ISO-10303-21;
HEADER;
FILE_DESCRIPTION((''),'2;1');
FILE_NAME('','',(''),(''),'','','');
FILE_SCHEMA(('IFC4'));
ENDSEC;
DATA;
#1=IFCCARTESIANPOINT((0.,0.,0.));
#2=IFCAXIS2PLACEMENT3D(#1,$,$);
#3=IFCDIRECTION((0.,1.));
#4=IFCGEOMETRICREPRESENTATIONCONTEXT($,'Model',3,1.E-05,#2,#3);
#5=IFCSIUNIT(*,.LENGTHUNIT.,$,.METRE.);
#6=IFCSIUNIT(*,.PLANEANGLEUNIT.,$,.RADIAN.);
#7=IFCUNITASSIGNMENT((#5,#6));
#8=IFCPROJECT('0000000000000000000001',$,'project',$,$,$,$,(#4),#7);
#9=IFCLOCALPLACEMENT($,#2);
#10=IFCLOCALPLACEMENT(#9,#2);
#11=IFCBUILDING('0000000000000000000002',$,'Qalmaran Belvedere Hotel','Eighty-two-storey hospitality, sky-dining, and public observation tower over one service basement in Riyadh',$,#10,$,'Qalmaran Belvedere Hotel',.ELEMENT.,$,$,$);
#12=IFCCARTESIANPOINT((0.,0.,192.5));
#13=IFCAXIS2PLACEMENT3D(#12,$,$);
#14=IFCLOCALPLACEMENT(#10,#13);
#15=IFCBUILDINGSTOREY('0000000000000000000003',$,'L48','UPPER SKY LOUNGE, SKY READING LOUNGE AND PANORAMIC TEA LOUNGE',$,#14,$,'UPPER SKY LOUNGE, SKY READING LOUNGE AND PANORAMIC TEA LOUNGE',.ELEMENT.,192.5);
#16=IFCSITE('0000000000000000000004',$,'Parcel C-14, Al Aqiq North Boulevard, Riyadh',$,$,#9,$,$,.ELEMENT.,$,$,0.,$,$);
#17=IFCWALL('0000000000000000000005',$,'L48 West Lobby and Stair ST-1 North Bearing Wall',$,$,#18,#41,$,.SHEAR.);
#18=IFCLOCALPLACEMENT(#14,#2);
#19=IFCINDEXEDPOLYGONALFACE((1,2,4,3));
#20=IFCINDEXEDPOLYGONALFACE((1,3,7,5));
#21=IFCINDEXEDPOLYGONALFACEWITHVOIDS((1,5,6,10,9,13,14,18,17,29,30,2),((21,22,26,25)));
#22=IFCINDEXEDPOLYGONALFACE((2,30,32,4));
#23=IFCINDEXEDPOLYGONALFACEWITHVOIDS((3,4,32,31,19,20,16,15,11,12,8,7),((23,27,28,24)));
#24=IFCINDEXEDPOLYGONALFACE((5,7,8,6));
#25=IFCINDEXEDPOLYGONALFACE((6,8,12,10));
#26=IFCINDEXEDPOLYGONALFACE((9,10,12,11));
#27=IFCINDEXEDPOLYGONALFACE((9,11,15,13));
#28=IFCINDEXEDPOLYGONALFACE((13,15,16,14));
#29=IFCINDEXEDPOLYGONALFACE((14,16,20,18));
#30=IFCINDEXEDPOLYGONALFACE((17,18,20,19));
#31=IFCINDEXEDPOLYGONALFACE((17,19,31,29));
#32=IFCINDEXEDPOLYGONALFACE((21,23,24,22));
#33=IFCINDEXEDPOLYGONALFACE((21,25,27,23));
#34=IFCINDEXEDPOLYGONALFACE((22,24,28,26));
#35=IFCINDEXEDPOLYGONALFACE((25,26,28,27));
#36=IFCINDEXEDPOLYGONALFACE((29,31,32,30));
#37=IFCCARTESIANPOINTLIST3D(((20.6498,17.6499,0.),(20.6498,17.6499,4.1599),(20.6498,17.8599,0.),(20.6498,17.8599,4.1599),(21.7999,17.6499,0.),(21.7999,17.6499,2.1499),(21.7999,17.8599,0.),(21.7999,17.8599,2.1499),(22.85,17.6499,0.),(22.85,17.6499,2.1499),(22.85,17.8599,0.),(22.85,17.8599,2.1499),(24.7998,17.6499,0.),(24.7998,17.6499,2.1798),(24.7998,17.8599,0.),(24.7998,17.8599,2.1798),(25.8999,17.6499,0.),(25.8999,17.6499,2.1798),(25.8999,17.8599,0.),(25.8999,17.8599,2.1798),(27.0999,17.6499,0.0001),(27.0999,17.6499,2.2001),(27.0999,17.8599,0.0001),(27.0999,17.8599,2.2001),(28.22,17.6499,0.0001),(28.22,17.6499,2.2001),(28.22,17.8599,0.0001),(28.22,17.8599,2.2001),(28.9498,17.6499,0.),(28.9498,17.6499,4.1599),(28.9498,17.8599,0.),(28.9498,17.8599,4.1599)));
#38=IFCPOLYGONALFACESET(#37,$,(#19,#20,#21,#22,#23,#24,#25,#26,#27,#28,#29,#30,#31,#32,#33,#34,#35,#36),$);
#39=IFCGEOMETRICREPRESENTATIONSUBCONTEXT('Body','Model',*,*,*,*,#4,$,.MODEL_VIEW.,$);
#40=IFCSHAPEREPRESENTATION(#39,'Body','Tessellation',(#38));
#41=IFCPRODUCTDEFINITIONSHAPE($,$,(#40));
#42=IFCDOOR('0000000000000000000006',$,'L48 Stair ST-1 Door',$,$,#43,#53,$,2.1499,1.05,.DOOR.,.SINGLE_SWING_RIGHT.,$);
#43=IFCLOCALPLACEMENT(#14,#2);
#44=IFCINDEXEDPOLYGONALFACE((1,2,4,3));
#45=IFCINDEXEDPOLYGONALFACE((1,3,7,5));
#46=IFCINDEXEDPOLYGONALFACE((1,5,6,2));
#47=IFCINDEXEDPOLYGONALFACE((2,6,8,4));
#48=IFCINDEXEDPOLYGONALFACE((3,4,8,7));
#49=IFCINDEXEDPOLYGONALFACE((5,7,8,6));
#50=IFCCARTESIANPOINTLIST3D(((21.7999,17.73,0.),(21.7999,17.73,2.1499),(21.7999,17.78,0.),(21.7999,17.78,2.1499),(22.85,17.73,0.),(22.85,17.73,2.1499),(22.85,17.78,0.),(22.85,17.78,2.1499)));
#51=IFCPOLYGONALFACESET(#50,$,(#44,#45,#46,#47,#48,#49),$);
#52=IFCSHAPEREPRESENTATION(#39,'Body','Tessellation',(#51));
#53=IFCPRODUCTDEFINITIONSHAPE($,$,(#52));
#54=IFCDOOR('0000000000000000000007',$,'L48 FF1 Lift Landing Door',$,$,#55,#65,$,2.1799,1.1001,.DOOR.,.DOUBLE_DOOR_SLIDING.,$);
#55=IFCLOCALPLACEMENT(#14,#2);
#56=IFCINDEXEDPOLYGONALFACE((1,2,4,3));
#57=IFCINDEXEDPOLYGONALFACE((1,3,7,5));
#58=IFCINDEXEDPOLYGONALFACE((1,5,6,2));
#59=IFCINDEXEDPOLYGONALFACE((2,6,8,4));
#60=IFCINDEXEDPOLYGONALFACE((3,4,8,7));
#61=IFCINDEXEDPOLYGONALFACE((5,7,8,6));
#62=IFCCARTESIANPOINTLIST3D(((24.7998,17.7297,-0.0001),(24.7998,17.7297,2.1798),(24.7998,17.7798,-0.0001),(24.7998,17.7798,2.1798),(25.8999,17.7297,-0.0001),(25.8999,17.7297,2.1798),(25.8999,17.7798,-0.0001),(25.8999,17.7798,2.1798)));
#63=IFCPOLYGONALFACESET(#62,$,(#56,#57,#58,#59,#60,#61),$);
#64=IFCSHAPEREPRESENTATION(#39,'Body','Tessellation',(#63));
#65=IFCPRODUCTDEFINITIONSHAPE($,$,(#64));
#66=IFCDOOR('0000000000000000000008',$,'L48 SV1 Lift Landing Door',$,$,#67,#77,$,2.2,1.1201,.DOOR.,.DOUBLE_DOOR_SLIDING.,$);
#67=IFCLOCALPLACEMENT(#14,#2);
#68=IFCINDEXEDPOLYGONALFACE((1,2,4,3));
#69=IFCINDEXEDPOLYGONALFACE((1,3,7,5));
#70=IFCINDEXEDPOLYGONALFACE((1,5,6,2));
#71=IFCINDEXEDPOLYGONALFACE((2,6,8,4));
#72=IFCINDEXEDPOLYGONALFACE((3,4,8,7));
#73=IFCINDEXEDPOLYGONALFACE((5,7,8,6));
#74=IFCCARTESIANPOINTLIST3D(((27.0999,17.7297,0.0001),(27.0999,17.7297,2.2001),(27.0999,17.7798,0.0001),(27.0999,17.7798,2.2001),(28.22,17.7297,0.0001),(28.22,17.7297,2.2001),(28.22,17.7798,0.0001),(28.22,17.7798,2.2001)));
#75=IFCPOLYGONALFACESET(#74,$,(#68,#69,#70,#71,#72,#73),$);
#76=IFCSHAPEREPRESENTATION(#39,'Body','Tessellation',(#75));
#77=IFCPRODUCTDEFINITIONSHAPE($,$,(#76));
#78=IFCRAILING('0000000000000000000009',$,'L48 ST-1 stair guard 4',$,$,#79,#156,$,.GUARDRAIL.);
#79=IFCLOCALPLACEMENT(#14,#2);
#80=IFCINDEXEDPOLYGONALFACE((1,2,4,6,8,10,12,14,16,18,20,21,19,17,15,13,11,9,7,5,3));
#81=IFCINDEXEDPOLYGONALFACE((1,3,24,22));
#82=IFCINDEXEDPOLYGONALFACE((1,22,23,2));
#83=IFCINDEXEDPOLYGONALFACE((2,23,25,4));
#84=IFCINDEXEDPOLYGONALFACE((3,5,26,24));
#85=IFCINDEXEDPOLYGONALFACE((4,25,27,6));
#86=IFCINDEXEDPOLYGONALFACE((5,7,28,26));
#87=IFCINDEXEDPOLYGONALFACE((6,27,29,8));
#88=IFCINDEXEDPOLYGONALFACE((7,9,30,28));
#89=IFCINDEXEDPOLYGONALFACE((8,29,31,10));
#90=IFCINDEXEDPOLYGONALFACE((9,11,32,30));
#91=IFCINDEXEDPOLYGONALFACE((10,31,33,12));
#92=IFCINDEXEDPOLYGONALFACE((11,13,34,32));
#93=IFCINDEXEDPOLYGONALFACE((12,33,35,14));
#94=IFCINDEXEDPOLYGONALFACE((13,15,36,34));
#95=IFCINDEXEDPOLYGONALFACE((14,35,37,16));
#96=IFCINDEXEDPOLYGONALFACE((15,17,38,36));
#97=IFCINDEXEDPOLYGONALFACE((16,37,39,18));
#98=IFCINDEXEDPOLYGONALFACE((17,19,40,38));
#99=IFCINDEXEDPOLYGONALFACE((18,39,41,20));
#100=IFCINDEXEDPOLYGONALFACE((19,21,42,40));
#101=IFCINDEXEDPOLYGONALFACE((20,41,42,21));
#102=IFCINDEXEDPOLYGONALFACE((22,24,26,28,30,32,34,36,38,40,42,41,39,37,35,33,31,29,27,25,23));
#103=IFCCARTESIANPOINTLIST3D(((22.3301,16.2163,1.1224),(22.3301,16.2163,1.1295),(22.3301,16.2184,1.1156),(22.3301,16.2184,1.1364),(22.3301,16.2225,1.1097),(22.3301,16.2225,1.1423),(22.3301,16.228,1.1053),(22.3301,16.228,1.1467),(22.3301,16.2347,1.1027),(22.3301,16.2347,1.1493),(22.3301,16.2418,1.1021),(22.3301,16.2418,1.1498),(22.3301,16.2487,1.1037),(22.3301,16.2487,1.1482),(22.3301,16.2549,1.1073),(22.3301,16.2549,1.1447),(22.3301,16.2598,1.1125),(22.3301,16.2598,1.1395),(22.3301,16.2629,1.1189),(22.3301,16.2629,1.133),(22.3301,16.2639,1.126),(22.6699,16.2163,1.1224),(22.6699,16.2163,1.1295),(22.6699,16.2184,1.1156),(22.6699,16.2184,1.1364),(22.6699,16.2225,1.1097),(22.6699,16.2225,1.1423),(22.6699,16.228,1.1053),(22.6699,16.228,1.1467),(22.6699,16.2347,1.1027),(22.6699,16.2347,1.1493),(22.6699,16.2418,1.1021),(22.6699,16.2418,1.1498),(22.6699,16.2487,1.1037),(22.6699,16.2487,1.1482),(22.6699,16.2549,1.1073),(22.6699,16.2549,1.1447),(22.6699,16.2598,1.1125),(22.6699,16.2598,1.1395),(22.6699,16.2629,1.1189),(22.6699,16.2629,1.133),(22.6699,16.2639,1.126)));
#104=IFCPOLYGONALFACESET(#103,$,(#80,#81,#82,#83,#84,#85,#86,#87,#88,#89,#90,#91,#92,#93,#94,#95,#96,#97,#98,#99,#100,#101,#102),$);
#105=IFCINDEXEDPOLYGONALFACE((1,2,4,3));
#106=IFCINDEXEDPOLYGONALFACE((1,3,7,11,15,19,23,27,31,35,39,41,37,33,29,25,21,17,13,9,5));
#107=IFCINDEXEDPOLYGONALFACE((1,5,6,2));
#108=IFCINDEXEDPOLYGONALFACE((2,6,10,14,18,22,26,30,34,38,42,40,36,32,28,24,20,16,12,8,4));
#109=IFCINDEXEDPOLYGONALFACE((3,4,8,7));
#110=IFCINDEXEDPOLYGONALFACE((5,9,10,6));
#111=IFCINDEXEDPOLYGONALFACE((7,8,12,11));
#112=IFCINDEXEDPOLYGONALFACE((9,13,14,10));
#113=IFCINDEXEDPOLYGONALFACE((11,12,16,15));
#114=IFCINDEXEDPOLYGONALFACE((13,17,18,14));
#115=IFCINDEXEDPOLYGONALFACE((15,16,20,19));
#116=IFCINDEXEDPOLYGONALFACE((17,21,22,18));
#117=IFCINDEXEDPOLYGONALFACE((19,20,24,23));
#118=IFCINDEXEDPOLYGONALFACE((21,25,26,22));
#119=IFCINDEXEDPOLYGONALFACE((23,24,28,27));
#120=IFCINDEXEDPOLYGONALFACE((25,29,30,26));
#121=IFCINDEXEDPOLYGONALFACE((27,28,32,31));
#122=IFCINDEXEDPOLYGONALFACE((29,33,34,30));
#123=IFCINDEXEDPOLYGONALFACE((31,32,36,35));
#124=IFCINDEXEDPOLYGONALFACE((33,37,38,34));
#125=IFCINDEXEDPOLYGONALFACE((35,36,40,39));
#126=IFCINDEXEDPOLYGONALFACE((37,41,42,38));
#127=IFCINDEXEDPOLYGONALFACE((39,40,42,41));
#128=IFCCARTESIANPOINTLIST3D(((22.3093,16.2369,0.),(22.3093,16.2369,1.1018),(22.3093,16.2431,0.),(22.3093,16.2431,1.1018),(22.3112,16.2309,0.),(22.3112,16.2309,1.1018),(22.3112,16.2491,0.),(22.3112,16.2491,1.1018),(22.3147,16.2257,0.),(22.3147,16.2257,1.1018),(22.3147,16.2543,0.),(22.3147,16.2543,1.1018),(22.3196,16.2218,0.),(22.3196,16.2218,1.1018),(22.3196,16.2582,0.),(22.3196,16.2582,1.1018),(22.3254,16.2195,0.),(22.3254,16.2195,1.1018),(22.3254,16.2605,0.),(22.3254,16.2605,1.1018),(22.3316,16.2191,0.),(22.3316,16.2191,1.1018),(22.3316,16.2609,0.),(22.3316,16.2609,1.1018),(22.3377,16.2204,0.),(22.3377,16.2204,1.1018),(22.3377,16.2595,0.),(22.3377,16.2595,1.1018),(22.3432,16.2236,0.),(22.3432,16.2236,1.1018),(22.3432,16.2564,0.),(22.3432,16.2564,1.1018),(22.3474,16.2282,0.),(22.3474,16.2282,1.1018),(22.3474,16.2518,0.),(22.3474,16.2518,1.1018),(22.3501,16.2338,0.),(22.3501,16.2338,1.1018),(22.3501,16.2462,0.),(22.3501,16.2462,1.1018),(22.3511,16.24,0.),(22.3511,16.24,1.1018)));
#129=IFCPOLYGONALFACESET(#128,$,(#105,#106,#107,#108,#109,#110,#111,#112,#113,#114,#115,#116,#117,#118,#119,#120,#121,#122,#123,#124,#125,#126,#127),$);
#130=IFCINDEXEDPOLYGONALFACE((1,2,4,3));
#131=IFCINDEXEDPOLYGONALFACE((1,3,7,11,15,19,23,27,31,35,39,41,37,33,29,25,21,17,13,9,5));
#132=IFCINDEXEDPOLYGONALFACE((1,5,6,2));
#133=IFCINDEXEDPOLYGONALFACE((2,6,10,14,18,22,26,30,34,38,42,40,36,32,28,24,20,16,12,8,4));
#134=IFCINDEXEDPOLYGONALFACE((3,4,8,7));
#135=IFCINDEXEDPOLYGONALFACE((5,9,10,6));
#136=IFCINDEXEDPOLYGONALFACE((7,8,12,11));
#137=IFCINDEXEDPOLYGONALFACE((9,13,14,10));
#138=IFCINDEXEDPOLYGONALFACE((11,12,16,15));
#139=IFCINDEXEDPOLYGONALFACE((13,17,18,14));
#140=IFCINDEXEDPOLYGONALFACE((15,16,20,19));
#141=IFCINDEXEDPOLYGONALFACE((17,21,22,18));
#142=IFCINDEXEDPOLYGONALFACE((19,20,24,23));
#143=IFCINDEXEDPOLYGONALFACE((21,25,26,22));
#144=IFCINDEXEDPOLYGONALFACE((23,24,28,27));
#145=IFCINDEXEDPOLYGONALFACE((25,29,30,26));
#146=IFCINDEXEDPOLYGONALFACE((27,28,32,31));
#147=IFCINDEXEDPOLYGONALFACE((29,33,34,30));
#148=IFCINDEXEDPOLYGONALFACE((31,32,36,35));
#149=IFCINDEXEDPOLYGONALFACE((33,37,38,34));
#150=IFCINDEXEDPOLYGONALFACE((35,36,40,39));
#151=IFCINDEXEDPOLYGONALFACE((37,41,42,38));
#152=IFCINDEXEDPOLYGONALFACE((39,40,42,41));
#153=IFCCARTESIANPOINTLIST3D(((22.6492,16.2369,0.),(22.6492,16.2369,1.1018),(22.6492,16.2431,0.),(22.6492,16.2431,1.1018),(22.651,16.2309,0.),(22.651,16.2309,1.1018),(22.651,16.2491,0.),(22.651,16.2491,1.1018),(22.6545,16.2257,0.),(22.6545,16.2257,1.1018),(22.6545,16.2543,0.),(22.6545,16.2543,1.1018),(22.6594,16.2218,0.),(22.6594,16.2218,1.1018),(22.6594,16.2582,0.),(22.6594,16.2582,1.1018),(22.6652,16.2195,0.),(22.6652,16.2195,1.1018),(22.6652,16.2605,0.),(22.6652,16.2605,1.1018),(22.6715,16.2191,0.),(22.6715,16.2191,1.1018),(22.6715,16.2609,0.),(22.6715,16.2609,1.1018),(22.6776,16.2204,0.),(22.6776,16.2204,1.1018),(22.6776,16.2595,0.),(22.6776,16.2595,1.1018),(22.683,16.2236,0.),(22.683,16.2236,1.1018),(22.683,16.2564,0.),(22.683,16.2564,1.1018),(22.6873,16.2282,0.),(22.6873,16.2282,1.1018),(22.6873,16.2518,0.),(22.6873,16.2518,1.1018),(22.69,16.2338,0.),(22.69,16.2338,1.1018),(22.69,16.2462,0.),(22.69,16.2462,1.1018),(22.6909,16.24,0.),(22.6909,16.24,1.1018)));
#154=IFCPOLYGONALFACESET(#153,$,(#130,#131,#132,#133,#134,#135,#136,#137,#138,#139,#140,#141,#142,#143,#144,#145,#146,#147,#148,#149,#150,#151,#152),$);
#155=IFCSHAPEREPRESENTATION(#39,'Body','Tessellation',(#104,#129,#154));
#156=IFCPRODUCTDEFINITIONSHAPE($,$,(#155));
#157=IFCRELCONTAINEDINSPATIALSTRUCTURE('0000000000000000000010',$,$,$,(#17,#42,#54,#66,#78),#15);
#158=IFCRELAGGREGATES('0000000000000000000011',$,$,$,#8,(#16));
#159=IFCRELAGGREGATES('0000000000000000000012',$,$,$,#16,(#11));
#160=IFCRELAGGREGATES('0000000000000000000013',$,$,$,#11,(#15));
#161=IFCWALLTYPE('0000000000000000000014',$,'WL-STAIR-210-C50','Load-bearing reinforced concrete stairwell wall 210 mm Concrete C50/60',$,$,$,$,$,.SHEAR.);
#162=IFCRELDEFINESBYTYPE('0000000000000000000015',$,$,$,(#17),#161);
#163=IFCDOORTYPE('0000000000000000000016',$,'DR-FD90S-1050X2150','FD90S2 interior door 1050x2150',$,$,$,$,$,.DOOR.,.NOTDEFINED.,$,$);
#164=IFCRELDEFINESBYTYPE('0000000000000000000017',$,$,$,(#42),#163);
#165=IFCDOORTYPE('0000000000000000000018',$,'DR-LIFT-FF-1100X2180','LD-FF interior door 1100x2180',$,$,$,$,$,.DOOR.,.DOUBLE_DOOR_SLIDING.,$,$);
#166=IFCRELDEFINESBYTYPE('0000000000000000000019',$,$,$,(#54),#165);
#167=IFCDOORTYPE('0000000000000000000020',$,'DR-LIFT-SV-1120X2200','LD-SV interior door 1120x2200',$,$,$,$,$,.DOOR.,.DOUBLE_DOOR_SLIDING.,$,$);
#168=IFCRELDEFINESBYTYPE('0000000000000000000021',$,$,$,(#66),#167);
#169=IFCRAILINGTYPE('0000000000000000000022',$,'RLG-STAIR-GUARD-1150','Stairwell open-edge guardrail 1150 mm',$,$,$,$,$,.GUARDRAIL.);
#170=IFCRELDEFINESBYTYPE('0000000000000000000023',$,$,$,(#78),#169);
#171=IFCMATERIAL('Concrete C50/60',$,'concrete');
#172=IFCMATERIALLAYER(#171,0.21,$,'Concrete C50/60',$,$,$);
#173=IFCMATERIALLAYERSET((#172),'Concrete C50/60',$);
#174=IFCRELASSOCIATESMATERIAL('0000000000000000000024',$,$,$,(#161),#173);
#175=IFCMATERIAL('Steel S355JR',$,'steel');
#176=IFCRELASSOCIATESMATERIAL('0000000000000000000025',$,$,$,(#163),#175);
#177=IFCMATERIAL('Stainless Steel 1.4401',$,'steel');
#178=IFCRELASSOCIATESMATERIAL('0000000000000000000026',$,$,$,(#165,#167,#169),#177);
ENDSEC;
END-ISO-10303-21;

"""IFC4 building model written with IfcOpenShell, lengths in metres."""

from ifc_helpers import new_model, si_unit, direction, frame, frame_2d, origin, origin_2d, place, context, subcontext, project, spatial, rectangle, circle, extrude, material, layer, layer_set, type_object, element, fill, save


model = new_model("IFC4")

# Units and contexts
model_context = context("Model", 3, precision=1e-05, world=origin(), true_north=direction((0.0, 1.0)))
body_context = subcontext(model_context, "Body", "Model", "MODEL_VIEW")
ifc_project = project(units=[si_unit("LENGTHUNIT", "METRE"), si_unit("PLANEANGLEUNIT", "RADIAN")], contexts=[model_context])

# Site, building, storey
site_placement = place(None, origin())
site = spatial("IfcSite", under=ifc_project, at=site_placement, Name="Parcel C-14, Al Aqiq North Boulevard, Riyadh", CompositionType="ELEMENT", RefElevation=0.0)
building_placement = place(site_placement, origin())
building = spatial("IfcBuilding", under=site, at=building_placement, Name="Qalmaran Belvedere Hotel", Description="Eighty-two-storey hospitality, sky-dining, and public observation tower over one service basement in Riyadh", LongName="Qalmaran Belvedere Hotel", CompositionType="ELEMENT")
storey_placement = place(building_placement, frame((0.0, 0.0, 192.5)))
storey = spatial("IfcBuildingStorey", under=building, at=storey_placement, Name="L48", Description="UPPER SKY LOUNGE, SKY READING LOUNGE AND PANORAMIC TEA LOUNGE", LongName="UPPER SKY LOUNGE, SKY READING LOUNGE AND PANORAMIC TEA LOUNGE", CompositionType="ELEMENT", Elevation=192.5)

# Shared definitions
ifc_material_1 = material(Name="Concrete C50/60", Category="concrete")

# Shared definitions
ifc_material_2 = material(Name="Steel S355JR", Category="steel")

# Wall, openings, doors
ifc_layer_1 = layer(ifc_material_1, 0.21, Name="Concrete C50/60")
ifc_layer_set_1 = layer_set([ifc_layer_1], Name="Concrete C50/60")
wall_type_1 = type_object("IfcWallType", Name="WL-STAIR-210-C50", Description="Load-bearing reinforced concrete stairwell wall 210 mm Concrete C50/60", PredefinedType="SHEAR", material=ifc_layer_set_1)
wall_1_placement = place(storey_placement, frame((20.6499, 17.7549, 0.0), z_axis=(0.0, 0.0, 1.0), x_axis=(1.0, 0.0, 0.0)))
wall_1 = element("IfcWall", 1, at=wall_1_placement, inside=storey, type_object=wall_type_1, Name="L48 West Lobby and Stair ST-1 North Bearing Wall", PredefinedType="SHEAR", context=body_context, shape_type="SweptSolid", body=[
    extrude(rectangle(XDim=8.3, YDim=0.21, at=frame_2d((4.1499, 0.0))), origin(), (0.0, 0.0, 1.0), 4.1599),
])
opening_1_placement = place(wall_1_placement, frame((2.2, 0.0, 0.0), z_axis=(0.0, 0.0, 1.0), x_axis=(-1.0, 0.0, 0.0)))
opening_1 = element("IfcOpeningElement", 2, at=opening_1_placement, cuts=wall_1, PredefinedType="OPENING", context=body_context, shape_type="SweptSolid", body=[
    extrude(rectangle(XDim=1.05, YDim=2.1499, at=frame_2d((0.5249, 1.075))), frame((0.0, 0.115, 0.0), z_axis=(0.0, -1.0, 0.0), x_axis=(1.0, 0.0, 0.0)), (0.0, 0.0, 1.0), 0.23),
])
opening_2_placement = place(wall_1_placement, frame((4.1499, 0.0, 0.0)))
opening_2 = element("IfcOpeningElement", 3, at=opening_2_placement, cuts=wall_1, PredefinedType="OPENING", context=body_context, shape_type="SweptSolid", body=[
    extrude(rectangle(XDim=1.1001, YDim=2.1799, at=frame_2d((0.55, 1.0898))), frame((0.0, 0.115, 0.0), z_axis=(0.0, -1.0, 0.0), x_axis=(1.0, 0.0, 0.0)), (0.0, 0.0, 1.0), 0.23),
])
opening_3_placement = place(wall_1_placement, frame((6.45, 0.0, 0.0)))
opening_3 = element("IfcOpeningElement", 4, at=opening_3_placement, cuts=wall_1, PredefinedType="OPENING", context=body_context, shape_type="SweptSolid", body=[
    extrude(rectangle(XDim=1.1201, YDim=2.2, at=frame_2d((0.5601, 1.1001))), frame((0.0, 0.115, 0.0), z_axis=(0.0, -1.0, 0.0), x_axis=(1.0, 0.0, 0.0)), (0.0, 0.0, 1.0), 0.23),
])
door_type_1 = type_object("IfcDoorType", Name="DR-FD90S-1050X2150", Description="FD90S2 interior door 1050x2150", OperationType="NOTDEFINED", PredefinedType="DOOR", material=ifc_material_2)
door_1_placement = place(opening_1_placement, origin())
door_1 = element("IfcDoor", 5, at=door_1_placement, inside=storey, type_object=door_type_1, Name="L48 Stair ST-1 Door", OperationType="SINGLE_SWING_RIGHT", OverallHeight=2.1499, OverallWidth=1.05, PredefinedType="DOOR", context=body_context, shape_type="SweptSolid", body=[
    extrude(rectangle(XDim=1.05, YDim=2.1499, at=frame_2d((0.5249, 1.075))), frame((0.0, 0.0249, 0.0), z_axis=(0.0, -1.0, 0.0), x_axis=(1.0, 0.0, 0.0)), (0.0, 0.0, 1.0), 0.05),
])
fill(opening_1, door_1)
ifc_material_3 = material(Name="Stainless Steel 1.4401", Category="steel")
door_type_2 = type_object("IfcDoorType", Name="DR-LIFT-FF-1100X2180", Description="LD-FF interior door 1100x2180", OperationType="DOUBLE_DOOR_SLIDING", PredefinedType="DOOR", material=ifc_material_3)
door_2_placement = place(opening_2_placement, origin())
door_2 = element("IfcDoor", 6, at=door_2_placement, inside=storey, type_object=door_type_2, Name="L48 FF1 Lift Landing Door", OperationType="DOUBLE_DOOR_SLIDING", OverallHeight=2.1799, OverallWidth=1.1001, PredefinedType="DOOR", context=body_context, shape_type="SweptSolid", body=[
    extrude(rectangle(XDim=1.1001, YDim=2.1799, at=frame_2d((0.55, 1.0898))), frame((0.0, 0.0249, 0.0), z_axis=(0.0, -1.0, 0.0), x_axis=(1.0, 0.0, 0.0)), (0.0, 0.0, 1.0), 0.05),
])
fill(opening_2, door_2)
door_type_3 = type_object("IfcDoorType", Name="DR-LIFT-SV-1120X2200", Description="LD-SV interior door 1120x2200", OperationType="DOUBLE_DOOR_SLIDING", PredefinedType="DOOR", material=ifc_material_3)
door_3_placement = place(opening_3_placement, origin())
door_3 = element("IfcDoor", 7, at=door_3_placement, inside=storey, type_object=door_type_3, Name="L48 SV1 Lift Landing Door", OperationType="DOUBLE_DOOR_SLIDING", OverallHeight=2.2, OverallWidth=1.1201, PredefinedType="DOOR", context=body_context, shape_type="SweptSolid", body=[
    extrude(rectangle(XDim=1.1201, YDim=2.2, at=frame_2d((0.5601, 1.1001))), frame((0.0, 0.0249, 0.0), z_axis=(0.0, -1.0, 0.0), x_axis=(1.0, 0.0, 0.0)), (0.0, 0.0, 1.0), 0.05),
])
fill(opening_3, door_3)

# Railing
railing_type = type_object("IfcRailingType", Name="RLG-STAIR-GUARD-1150", Description="Stairwell open-edge guardrail 1150 mm", PredefinedType="GUARDRAIL", material=ifc_material_3)
railing_placement = place(storey_placement, frame((22.3301, 16.24, 0.0)))
element("IfcRailing", 8, at=railing_placement, inside=storey, type_object=railing_type, Name="L48 ST-1 stair guard 4", PredefinedType="GUARDRAIL", context=body_context, shape_type="SweptSolid", body=[
    extrude(circle(Radius=0.0239, at=origin_2d()), frame((0.0, 0.0, 1.126), z_axis=(1.0, 0.0, 0.0), x_axis=(0.0, 1.0, 0.0)), (0.0, 0.0, 1.0), 0.3398),
    extrude(circle(Radius=0.021, at=origin_2d()), origin(), (0.0, 0.0, 1.0), 1.1018),
    extrude(circle(Radius=0.021, at=origin_2d()), frame((0.3398, 0.0, 0.0)), (0.0, 0.0, 1.0), 1.1018),
])

save(model, "model.ifc")
